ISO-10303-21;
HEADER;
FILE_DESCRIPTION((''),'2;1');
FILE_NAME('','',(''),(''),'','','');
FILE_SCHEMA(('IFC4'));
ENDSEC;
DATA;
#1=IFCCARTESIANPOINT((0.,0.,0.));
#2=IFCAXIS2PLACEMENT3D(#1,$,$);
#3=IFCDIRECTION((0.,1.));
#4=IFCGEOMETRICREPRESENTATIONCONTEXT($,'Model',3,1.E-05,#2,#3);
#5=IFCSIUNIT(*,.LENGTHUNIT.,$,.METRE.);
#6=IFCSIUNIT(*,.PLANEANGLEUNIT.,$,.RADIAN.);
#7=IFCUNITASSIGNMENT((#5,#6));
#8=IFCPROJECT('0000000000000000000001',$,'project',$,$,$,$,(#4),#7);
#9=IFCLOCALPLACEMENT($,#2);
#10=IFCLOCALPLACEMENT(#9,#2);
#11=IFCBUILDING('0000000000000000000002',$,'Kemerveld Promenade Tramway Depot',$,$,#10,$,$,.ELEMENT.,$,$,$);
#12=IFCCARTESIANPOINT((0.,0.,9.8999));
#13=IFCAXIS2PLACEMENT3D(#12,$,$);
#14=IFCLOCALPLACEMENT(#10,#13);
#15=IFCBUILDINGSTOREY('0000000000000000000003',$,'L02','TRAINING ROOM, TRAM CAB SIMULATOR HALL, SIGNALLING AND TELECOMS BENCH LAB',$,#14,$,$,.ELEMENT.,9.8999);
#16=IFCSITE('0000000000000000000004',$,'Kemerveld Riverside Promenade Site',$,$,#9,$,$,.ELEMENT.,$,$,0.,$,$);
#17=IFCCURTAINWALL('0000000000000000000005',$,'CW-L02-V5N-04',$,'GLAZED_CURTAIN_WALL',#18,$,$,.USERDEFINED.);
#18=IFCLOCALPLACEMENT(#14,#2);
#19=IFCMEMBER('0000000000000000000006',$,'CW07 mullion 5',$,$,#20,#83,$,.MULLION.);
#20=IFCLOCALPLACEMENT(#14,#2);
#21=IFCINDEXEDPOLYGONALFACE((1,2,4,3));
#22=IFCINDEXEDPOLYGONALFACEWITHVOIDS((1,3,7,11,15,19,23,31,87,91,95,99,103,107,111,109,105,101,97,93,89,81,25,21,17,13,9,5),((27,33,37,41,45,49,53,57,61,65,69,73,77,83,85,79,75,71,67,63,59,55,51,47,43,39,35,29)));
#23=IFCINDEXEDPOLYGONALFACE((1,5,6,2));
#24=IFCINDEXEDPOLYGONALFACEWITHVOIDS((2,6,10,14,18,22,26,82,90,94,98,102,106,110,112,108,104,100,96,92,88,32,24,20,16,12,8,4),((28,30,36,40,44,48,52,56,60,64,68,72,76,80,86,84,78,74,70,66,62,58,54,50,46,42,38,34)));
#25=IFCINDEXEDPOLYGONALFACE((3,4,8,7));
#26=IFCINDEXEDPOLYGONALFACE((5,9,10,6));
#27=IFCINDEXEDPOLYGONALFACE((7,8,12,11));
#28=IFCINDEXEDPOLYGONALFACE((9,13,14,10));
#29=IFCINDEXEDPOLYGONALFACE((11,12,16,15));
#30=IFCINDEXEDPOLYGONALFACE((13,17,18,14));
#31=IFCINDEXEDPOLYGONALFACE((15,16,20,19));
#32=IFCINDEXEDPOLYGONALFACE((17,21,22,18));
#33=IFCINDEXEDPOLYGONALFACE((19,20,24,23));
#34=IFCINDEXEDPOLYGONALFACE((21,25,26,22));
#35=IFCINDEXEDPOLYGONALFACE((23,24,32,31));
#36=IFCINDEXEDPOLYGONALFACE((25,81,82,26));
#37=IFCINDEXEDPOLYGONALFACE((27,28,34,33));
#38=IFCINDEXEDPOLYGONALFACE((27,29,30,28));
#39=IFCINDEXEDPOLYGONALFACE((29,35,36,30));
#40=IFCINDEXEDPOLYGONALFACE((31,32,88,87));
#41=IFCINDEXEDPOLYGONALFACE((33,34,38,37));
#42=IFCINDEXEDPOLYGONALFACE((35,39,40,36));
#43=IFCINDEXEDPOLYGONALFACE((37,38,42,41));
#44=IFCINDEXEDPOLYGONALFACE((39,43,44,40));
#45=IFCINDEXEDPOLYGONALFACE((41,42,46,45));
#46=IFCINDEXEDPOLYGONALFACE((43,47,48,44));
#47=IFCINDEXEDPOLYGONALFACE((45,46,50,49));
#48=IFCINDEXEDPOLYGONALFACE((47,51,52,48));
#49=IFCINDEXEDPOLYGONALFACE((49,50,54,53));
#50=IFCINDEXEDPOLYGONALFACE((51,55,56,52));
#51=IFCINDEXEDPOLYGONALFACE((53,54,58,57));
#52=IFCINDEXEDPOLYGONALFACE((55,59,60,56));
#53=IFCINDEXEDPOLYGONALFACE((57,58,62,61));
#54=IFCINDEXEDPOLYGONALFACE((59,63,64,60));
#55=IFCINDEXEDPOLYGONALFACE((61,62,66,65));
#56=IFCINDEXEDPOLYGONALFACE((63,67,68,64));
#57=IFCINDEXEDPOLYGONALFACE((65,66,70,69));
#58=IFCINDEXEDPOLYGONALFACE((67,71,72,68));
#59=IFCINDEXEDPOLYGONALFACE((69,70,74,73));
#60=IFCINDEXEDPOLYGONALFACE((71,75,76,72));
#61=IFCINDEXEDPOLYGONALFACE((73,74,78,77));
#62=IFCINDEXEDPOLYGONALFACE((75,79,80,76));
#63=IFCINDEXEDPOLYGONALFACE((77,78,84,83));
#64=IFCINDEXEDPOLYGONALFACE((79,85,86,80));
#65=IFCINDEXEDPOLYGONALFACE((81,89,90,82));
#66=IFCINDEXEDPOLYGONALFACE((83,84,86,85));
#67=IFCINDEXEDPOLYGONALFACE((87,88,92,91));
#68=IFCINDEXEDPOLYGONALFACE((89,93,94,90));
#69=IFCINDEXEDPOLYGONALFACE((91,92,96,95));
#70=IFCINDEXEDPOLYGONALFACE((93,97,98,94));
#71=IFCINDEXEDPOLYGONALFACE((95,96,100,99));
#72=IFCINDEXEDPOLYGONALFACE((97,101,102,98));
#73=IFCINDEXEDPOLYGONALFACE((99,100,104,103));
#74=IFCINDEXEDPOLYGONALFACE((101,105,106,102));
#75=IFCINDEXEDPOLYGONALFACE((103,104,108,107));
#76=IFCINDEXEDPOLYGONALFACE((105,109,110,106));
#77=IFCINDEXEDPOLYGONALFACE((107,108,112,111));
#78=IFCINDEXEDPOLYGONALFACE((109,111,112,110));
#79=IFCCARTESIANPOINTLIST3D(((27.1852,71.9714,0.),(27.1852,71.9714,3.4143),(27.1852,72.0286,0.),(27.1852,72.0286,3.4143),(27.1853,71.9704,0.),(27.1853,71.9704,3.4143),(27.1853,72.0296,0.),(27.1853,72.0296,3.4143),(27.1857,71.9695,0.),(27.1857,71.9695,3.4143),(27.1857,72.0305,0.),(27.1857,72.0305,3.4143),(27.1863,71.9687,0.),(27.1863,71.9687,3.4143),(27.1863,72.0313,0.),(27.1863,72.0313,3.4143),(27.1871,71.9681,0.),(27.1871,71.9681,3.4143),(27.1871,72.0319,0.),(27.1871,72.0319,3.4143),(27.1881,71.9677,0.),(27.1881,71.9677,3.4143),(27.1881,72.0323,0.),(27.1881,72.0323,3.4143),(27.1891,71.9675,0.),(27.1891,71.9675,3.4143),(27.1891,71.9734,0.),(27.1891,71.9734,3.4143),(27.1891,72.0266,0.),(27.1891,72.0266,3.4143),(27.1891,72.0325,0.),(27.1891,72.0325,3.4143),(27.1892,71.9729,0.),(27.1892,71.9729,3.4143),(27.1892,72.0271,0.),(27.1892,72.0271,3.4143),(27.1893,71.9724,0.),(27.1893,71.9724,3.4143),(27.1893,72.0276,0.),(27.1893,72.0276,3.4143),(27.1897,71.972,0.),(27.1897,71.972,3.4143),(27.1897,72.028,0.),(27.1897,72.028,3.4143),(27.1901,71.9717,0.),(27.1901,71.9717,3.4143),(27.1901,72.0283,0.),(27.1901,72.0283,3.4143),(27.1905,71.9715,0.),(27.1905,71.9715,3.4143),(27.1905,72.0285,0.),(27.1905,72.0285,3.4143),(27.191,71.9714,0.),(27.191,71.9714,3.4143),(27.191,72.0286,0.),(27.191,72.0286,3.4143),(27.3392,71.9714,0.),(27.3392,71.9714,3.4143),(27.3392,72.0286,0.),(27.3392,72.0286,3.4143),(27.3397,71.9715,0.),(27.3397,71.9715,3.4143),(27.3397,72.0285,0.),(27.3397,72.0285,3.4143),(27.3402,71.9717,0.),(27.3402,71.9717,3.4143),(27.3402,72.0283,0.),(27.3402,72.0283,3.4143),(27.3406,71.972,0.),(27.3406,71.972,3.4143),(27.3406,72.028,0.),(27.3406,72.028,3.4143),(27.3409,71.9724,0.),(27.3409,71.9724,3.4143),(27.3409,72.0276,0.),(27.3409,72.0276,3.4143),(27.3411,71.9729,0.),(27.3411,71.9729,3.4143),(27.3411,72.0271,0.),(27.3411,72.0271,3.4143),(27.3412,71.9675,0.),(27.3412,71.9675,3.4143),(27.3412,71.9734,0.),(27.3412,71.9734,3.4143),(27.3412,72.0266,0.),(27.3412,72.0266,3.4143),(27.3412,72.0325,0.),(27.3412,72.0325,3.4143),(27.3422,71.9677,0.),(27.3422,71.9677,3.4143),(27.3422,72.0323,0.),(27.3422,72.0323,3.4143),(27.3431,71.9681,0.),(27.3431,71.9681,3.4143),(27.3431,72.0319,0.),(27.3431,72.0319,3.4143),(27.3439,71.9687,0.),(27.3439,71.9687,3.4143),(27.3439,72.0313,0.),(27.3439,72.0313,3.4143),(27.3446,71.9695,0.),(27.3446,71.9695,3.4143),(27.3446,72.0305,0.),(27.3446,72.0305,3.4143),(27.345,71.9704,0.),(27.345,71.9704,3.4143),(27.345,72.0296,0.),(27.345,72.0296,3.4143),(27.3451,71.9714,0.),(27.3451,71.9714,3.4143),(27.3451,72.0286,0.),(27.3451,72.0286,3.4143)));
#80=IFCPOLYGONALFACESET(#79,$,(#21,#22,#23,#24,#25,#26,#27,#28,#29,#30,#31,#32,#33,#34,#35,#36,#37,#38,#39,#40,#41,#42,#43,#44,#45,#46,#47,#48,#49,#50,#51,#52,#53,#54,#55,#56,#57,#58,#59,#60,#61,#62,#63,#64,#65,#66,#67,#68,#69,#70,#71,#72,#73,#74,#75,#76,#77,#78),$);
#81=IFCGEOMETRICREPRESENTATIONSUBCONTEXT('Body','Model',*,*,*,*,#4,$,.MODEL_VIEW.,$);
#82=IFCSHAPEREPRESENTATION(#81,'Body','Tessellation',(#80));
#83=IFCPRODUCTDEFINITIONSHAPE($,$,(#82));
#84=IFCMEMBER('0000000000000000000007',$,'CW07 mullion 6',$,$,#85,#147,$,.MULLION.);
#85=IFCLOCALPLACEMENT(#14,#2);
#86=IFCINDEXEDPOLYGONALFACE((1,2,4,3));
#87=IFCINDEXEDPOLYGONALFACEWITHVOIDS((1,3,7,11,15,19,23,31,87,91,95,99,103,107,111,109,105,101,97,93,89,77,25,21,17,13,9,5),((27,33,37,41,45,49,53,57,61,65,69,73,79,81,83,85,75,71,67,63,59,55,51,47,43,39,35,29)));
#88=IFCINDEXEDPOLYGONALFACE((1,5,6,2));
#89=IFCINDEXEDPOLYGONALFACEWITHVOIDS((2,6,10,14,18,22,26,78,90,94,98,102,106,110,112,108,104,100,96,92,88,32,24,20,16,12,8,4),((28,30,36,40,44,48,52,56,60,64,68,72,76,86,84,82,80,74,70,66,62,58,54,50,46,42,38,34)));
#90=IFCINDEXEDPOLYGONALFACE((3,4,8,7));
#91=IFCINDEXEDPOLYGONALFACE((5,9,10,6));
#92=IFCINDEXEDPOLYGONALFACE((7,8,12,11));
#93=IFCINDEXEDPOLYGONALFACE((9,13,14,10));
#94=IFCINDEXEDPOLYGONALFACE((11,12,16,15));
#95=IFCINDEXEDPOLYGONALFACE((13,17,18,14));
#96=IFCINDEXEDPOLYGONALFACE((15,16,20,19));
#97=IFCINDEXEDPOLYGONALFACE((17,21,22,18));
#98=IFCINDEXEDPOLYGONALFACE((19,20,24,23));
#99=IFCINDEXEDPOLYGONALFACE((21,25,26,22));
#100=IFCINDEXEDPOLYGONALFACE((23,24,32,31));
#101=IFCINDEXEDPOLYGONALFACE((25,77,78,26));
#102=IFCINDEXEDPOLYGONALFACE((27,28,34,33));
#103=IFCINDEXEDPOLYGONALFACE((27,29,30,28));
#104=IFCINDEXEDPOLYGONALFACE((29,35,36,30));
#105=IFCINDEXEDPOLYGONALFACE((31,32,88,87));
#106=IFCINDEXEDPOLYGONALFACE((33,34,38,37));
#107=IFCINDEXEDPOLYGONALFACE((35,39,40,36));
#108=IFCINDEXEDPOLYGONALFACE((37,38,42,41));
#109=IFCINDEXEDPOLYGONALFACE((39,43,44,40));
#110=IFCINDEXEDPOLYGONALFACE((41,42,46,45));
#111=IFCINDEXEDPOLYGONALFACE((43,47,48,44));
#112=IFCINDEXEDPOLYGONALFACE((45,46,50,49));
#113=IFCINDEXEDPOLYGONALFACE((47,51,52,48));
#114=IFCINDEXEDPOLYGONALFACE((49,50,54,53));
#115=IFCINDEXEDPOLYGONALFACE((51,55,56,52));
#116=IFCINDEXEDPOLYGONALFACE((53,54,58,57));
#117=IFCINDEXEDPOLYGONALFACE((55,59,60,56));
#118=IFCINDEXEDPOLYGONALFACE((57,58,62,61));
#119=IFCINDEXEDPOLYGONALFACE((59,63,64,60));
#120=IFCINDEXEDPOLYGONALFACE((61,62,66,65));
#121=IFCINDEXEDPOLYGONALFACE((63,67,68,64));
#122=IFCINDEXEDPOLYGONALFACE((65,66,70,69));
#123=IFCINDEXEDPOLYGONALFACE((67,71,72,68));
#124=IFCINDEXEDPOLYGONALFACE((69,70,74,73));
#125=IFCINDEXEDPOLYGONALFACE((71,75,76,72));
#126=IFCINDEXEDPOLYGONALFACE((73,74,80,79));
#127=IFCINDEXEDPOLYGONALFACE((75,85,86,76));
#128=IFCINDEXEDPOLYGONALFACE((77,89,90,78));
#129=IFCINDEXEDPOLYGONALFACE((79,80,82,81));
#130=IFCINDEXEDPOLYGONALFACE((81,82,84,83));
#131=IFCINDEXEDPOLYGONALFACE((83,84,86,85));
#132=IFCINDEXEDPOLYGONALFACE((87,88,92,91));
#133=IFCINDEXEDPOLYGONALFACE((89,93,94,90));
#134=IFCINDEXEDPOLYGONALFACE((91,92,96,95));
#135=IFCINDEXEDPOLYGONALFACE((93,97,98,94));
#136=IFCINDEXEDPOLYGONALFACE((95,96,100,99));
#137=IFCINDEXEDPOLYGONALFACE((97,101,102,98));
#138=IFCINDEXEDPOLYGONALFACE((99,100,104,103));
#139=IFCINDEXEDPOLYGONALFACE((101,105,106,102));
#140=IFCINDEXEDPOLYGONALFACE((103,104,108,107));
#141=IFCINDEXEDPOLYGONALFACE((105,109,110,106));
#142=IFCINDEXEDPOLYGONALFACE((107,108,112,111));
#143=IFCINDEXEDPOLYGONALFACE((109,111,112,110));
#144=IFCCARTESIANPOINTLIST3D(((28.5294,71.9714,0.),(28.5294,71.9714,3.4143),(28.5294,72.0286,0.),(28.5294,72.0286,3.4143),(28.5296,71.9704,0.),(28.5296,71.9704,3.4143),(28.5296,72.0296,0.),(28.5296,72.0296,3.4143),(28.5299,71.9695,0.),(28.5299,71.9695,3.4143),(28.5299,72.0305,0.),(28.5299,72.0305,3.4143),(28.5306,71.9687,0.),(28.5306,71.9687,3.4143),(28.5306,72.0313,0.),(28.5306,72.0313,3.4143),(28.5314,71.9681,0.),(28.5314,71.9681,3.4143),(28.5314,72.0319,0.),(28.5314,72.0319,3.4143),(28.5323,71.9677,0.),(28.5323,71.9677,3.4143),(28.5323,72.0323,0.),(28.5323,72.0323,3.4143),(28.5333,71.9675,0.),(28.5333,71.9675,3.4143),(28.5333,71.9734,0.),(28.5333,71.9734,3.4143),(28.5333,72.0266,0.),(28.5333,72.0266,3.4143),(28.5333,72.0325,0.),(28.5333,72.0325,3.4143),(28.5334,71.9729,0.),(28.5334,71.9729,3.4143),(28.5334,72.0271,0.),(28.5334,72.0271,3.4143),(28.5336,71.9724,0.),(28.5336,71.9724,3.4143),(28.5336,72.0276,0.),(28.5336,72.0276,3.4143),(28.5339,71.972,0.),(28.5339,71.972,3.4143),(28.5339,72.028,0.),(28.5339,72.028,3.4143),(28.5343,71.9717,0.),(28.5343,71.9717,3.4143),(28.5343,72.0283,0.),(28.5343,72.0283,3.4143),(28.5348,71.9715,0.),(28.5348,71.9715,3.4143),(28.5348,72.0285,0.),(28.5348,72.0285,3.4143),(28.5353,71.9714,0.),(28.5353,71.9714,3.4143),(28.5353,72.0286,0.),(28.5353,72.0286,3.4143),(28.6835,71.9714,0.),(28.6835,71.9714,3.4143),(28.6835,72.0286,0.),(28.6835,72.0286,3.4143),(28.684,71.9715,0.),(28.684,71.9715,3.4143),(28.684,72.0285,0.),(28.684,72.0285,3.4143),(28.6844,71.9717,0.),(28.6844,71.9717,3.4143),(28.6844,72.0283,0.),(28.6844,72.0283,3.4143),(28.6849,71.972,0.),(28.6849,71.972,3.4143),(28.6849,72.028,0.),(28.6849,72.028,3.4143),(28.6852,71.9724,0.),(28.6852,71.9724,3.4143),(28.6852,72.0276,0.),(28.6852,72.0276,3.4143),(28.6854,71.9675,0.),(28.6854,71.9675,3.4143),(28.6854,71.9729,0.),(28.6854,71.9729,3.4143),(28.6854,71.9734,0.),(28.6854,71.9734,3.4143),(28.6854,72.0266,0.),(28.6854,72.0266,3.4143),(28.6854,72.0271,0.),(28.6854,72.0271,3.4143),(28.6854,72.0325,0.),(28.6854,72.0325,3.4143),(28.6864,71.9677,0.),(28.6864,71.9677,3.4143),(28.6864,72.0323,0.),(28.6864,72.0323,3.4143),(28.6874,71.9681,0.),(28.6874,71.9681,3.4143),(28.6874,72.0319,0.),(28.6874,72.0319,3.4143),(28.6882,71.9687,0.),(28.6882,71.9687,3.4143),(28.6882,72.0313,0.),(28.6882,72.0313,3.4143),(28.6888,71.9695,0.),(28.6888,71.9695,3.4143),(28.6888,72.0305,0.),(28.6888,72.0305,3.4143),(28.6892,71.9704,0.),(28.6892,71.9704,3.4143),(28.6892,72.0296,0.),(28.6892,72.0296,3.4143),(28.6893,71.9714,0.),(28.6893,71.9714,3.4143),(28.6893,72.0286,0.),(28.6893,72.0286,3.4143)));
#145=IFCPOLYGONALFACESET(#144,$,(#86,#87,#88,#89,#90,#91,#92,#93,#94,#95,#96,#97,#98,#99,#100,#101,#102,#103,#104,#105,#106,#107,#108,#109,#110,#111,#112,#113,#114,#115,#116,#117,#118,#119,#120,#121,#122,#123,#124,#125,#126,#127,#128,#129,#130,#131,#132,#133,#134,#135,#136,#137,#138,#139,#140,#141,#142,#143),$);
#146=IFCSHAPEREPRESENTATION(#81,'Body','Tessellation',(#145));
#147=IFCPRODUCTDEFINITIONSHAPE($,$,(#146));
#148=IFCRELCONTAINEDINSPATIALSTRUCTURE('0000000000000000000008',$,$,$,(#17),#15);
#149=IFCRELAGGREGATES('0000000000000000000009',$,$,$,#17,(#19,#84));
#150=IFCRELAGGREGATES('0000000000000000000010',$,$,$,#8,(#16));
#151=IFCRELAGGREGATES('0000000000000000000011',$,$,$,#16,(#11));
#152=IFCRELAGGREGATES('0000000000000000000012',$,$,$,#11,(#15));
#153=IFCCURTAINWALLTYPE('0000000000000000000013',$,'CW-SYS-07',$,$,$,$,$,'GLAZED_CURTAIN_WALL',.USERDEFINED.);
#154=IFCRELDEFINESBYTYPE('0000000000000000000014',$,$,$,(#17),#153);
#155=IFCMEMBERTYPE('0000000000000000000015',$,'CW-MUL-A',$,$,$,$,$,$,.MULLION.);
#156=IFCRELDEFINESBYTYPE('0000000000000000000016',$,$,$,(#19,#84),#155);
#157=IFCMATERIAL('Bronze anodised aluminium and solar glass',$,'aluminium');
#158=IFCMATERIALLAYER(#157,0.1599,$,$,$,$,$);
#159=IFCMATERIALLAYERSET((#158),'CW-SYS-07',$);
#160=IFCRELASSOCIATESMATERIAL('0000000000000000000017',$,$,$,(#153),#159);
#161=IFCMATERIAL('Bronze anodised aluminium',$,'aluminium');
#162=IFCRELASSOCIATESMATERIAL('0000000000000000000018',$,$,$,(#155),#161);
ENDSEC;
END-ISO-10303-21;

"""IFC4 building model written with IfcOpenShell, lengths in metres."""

from ifc_helpers import new_model, si_unit, direction, frame, origin, origin_2d, place, context, subcontext, project, spatial, hollow_rectangle, extrude, material, layer, layer_set, material_profile, profile_set, type_object, element, aggregate, save


model = new_model("IFC4")

# Units and contexts
model_context = context("Model", 3, precision=1e-05, world=origin(), true_north=direction((0.0, 1.0)))
body_context = subcontext(model_context, "Body", "Model", "MODEL_VIEW")
ifc_project = project(units=[si_unit("LENGTHUNIT", "METRE"), si_unit("PLANEANGLEUNIT", "RADIAN")], contexts=[model_context])

# Site, building, storey
site_placement = place(None, origin())
site = spatial("IfcSite", under=ifc_project, at=site_placement, Name="Kemerveld Riverside Promenade Site", CompositionType="ELEMENT", RefElevation=0.0)
building_placement = place(site_placement, origin())
building = spatial("IfcBuilding", under=site, at=building_placement, Name="Kemerveld Promenade Tramway Depot", CompositionType="ELEMENT")
storey_placement = place(building_placement, frame((0.0, 0.0, 9.8999)))
storey = spatial("IfcBuildingStorey", under=building, at=storey_placement, Name="L02", Description="TRAINING ROOM, TRAM CAB SIMULATOR HALL, SIGNALLING AND TELECOMS BENCH LAB", CompositionType="ELEMENT", Elevation=9.8999)

# Curtain wall, members
ifc_material_1 = material(Name="Bronze anodised aluminium and solar glass", Category="aluminium")
ifc_layer_1 = layer(ifc_material_1, 0.1599)
ifc_layer_set_1 = layer_set([ifc_layer_1], Name="CW-SYS-07")
curtain_wall_type = type_object("IfcCurtainWallType", Name="CW-SYS-07", ElementType="GLAZED_CURTAIN_WALL", PredefinedType="USERDEFINED", material=ifc_layer_set_1)
curtain_wall_placement = place(storey_placement, origin())
curtain_wall = element("IfcCurtainWall", 1, at=curtain_wall_placement, inside=storey, type_object=curtain_wall_type, Name="CW-L02-V5N-04", ObjectType="GLAZED_CURTAIN_WALL", PredefinedType="USERDEFINED")
ifc_material_2 = material(Name="Bronze anodised aluminium", Category="aluminium")
ifc_material_profile_1 = material_profile(ifc_material_2, hollow_rectangle(XDim=0.0649, YDim=0.1599, WallThickness=0.0039, InnerFilletRadius=0.002, OuterFilletRadius=0.0039, at=origin_2d()), Name="CW-MUL-160x65")
ifc_profile_set_1 = profile_set([ifc_material_profile_1], Name="Bronze anodised aluminium")
member_type_1 = type_object("IfcMemberType", Name="CW-MUL-A", PredefinedType="MULLION", material=ifc_profile_set_1)
member_1_placement = place(storey_placement, frame((27.2651, 72.0, 0.0), z_axis=(0.0, 0.0, 1.0), x_axis=(0.0, 1.0, 0.0)))
member_1 = element("IfcMember", 2, at=member_1_placement, type_object=member_type_1, Name="CW07 mullion 5", PredefinedType="MULLION", context=body_context, shape_type="SweptSolid", body=[
    extrude(hollow_rectangle(XDim=0.0649, YDim=0.1599, WallThickness=0.0039, InnerFilletRadius=0.002, OuterFilletRadius=0.0039, at=origin_2d()), origin(), (0.0, 0.0, 1.0), 3.4143),
])
member_2_placement = place(storey_placement, frame((28.6094, 72.0, 0.0), z_axis=(0.0, 0.0, 1.0), x_axis=(0.0, 1.0, 0.0)))
member_2 = element("IfcMember", 3, at=member_2_placement, type_object=member_type_1, Name="CW07 mullion 6", PredefinedType="MULLION", context=body_context, shape_type="SweptSolid", body=[
    extrude(hollow_rectangle(XDim=0.0649, YDim=0.1599, WallThickness=0.0039, InnerFilletRadius=0.002, OuterFilletRadius=0.0039, at=origin_2d()), origin(), (0.0, 0.0, 1.0), 3.4143),
])
aggregate(curtain_wall, [member_1, member_2])

save(model, "model.ifc")
